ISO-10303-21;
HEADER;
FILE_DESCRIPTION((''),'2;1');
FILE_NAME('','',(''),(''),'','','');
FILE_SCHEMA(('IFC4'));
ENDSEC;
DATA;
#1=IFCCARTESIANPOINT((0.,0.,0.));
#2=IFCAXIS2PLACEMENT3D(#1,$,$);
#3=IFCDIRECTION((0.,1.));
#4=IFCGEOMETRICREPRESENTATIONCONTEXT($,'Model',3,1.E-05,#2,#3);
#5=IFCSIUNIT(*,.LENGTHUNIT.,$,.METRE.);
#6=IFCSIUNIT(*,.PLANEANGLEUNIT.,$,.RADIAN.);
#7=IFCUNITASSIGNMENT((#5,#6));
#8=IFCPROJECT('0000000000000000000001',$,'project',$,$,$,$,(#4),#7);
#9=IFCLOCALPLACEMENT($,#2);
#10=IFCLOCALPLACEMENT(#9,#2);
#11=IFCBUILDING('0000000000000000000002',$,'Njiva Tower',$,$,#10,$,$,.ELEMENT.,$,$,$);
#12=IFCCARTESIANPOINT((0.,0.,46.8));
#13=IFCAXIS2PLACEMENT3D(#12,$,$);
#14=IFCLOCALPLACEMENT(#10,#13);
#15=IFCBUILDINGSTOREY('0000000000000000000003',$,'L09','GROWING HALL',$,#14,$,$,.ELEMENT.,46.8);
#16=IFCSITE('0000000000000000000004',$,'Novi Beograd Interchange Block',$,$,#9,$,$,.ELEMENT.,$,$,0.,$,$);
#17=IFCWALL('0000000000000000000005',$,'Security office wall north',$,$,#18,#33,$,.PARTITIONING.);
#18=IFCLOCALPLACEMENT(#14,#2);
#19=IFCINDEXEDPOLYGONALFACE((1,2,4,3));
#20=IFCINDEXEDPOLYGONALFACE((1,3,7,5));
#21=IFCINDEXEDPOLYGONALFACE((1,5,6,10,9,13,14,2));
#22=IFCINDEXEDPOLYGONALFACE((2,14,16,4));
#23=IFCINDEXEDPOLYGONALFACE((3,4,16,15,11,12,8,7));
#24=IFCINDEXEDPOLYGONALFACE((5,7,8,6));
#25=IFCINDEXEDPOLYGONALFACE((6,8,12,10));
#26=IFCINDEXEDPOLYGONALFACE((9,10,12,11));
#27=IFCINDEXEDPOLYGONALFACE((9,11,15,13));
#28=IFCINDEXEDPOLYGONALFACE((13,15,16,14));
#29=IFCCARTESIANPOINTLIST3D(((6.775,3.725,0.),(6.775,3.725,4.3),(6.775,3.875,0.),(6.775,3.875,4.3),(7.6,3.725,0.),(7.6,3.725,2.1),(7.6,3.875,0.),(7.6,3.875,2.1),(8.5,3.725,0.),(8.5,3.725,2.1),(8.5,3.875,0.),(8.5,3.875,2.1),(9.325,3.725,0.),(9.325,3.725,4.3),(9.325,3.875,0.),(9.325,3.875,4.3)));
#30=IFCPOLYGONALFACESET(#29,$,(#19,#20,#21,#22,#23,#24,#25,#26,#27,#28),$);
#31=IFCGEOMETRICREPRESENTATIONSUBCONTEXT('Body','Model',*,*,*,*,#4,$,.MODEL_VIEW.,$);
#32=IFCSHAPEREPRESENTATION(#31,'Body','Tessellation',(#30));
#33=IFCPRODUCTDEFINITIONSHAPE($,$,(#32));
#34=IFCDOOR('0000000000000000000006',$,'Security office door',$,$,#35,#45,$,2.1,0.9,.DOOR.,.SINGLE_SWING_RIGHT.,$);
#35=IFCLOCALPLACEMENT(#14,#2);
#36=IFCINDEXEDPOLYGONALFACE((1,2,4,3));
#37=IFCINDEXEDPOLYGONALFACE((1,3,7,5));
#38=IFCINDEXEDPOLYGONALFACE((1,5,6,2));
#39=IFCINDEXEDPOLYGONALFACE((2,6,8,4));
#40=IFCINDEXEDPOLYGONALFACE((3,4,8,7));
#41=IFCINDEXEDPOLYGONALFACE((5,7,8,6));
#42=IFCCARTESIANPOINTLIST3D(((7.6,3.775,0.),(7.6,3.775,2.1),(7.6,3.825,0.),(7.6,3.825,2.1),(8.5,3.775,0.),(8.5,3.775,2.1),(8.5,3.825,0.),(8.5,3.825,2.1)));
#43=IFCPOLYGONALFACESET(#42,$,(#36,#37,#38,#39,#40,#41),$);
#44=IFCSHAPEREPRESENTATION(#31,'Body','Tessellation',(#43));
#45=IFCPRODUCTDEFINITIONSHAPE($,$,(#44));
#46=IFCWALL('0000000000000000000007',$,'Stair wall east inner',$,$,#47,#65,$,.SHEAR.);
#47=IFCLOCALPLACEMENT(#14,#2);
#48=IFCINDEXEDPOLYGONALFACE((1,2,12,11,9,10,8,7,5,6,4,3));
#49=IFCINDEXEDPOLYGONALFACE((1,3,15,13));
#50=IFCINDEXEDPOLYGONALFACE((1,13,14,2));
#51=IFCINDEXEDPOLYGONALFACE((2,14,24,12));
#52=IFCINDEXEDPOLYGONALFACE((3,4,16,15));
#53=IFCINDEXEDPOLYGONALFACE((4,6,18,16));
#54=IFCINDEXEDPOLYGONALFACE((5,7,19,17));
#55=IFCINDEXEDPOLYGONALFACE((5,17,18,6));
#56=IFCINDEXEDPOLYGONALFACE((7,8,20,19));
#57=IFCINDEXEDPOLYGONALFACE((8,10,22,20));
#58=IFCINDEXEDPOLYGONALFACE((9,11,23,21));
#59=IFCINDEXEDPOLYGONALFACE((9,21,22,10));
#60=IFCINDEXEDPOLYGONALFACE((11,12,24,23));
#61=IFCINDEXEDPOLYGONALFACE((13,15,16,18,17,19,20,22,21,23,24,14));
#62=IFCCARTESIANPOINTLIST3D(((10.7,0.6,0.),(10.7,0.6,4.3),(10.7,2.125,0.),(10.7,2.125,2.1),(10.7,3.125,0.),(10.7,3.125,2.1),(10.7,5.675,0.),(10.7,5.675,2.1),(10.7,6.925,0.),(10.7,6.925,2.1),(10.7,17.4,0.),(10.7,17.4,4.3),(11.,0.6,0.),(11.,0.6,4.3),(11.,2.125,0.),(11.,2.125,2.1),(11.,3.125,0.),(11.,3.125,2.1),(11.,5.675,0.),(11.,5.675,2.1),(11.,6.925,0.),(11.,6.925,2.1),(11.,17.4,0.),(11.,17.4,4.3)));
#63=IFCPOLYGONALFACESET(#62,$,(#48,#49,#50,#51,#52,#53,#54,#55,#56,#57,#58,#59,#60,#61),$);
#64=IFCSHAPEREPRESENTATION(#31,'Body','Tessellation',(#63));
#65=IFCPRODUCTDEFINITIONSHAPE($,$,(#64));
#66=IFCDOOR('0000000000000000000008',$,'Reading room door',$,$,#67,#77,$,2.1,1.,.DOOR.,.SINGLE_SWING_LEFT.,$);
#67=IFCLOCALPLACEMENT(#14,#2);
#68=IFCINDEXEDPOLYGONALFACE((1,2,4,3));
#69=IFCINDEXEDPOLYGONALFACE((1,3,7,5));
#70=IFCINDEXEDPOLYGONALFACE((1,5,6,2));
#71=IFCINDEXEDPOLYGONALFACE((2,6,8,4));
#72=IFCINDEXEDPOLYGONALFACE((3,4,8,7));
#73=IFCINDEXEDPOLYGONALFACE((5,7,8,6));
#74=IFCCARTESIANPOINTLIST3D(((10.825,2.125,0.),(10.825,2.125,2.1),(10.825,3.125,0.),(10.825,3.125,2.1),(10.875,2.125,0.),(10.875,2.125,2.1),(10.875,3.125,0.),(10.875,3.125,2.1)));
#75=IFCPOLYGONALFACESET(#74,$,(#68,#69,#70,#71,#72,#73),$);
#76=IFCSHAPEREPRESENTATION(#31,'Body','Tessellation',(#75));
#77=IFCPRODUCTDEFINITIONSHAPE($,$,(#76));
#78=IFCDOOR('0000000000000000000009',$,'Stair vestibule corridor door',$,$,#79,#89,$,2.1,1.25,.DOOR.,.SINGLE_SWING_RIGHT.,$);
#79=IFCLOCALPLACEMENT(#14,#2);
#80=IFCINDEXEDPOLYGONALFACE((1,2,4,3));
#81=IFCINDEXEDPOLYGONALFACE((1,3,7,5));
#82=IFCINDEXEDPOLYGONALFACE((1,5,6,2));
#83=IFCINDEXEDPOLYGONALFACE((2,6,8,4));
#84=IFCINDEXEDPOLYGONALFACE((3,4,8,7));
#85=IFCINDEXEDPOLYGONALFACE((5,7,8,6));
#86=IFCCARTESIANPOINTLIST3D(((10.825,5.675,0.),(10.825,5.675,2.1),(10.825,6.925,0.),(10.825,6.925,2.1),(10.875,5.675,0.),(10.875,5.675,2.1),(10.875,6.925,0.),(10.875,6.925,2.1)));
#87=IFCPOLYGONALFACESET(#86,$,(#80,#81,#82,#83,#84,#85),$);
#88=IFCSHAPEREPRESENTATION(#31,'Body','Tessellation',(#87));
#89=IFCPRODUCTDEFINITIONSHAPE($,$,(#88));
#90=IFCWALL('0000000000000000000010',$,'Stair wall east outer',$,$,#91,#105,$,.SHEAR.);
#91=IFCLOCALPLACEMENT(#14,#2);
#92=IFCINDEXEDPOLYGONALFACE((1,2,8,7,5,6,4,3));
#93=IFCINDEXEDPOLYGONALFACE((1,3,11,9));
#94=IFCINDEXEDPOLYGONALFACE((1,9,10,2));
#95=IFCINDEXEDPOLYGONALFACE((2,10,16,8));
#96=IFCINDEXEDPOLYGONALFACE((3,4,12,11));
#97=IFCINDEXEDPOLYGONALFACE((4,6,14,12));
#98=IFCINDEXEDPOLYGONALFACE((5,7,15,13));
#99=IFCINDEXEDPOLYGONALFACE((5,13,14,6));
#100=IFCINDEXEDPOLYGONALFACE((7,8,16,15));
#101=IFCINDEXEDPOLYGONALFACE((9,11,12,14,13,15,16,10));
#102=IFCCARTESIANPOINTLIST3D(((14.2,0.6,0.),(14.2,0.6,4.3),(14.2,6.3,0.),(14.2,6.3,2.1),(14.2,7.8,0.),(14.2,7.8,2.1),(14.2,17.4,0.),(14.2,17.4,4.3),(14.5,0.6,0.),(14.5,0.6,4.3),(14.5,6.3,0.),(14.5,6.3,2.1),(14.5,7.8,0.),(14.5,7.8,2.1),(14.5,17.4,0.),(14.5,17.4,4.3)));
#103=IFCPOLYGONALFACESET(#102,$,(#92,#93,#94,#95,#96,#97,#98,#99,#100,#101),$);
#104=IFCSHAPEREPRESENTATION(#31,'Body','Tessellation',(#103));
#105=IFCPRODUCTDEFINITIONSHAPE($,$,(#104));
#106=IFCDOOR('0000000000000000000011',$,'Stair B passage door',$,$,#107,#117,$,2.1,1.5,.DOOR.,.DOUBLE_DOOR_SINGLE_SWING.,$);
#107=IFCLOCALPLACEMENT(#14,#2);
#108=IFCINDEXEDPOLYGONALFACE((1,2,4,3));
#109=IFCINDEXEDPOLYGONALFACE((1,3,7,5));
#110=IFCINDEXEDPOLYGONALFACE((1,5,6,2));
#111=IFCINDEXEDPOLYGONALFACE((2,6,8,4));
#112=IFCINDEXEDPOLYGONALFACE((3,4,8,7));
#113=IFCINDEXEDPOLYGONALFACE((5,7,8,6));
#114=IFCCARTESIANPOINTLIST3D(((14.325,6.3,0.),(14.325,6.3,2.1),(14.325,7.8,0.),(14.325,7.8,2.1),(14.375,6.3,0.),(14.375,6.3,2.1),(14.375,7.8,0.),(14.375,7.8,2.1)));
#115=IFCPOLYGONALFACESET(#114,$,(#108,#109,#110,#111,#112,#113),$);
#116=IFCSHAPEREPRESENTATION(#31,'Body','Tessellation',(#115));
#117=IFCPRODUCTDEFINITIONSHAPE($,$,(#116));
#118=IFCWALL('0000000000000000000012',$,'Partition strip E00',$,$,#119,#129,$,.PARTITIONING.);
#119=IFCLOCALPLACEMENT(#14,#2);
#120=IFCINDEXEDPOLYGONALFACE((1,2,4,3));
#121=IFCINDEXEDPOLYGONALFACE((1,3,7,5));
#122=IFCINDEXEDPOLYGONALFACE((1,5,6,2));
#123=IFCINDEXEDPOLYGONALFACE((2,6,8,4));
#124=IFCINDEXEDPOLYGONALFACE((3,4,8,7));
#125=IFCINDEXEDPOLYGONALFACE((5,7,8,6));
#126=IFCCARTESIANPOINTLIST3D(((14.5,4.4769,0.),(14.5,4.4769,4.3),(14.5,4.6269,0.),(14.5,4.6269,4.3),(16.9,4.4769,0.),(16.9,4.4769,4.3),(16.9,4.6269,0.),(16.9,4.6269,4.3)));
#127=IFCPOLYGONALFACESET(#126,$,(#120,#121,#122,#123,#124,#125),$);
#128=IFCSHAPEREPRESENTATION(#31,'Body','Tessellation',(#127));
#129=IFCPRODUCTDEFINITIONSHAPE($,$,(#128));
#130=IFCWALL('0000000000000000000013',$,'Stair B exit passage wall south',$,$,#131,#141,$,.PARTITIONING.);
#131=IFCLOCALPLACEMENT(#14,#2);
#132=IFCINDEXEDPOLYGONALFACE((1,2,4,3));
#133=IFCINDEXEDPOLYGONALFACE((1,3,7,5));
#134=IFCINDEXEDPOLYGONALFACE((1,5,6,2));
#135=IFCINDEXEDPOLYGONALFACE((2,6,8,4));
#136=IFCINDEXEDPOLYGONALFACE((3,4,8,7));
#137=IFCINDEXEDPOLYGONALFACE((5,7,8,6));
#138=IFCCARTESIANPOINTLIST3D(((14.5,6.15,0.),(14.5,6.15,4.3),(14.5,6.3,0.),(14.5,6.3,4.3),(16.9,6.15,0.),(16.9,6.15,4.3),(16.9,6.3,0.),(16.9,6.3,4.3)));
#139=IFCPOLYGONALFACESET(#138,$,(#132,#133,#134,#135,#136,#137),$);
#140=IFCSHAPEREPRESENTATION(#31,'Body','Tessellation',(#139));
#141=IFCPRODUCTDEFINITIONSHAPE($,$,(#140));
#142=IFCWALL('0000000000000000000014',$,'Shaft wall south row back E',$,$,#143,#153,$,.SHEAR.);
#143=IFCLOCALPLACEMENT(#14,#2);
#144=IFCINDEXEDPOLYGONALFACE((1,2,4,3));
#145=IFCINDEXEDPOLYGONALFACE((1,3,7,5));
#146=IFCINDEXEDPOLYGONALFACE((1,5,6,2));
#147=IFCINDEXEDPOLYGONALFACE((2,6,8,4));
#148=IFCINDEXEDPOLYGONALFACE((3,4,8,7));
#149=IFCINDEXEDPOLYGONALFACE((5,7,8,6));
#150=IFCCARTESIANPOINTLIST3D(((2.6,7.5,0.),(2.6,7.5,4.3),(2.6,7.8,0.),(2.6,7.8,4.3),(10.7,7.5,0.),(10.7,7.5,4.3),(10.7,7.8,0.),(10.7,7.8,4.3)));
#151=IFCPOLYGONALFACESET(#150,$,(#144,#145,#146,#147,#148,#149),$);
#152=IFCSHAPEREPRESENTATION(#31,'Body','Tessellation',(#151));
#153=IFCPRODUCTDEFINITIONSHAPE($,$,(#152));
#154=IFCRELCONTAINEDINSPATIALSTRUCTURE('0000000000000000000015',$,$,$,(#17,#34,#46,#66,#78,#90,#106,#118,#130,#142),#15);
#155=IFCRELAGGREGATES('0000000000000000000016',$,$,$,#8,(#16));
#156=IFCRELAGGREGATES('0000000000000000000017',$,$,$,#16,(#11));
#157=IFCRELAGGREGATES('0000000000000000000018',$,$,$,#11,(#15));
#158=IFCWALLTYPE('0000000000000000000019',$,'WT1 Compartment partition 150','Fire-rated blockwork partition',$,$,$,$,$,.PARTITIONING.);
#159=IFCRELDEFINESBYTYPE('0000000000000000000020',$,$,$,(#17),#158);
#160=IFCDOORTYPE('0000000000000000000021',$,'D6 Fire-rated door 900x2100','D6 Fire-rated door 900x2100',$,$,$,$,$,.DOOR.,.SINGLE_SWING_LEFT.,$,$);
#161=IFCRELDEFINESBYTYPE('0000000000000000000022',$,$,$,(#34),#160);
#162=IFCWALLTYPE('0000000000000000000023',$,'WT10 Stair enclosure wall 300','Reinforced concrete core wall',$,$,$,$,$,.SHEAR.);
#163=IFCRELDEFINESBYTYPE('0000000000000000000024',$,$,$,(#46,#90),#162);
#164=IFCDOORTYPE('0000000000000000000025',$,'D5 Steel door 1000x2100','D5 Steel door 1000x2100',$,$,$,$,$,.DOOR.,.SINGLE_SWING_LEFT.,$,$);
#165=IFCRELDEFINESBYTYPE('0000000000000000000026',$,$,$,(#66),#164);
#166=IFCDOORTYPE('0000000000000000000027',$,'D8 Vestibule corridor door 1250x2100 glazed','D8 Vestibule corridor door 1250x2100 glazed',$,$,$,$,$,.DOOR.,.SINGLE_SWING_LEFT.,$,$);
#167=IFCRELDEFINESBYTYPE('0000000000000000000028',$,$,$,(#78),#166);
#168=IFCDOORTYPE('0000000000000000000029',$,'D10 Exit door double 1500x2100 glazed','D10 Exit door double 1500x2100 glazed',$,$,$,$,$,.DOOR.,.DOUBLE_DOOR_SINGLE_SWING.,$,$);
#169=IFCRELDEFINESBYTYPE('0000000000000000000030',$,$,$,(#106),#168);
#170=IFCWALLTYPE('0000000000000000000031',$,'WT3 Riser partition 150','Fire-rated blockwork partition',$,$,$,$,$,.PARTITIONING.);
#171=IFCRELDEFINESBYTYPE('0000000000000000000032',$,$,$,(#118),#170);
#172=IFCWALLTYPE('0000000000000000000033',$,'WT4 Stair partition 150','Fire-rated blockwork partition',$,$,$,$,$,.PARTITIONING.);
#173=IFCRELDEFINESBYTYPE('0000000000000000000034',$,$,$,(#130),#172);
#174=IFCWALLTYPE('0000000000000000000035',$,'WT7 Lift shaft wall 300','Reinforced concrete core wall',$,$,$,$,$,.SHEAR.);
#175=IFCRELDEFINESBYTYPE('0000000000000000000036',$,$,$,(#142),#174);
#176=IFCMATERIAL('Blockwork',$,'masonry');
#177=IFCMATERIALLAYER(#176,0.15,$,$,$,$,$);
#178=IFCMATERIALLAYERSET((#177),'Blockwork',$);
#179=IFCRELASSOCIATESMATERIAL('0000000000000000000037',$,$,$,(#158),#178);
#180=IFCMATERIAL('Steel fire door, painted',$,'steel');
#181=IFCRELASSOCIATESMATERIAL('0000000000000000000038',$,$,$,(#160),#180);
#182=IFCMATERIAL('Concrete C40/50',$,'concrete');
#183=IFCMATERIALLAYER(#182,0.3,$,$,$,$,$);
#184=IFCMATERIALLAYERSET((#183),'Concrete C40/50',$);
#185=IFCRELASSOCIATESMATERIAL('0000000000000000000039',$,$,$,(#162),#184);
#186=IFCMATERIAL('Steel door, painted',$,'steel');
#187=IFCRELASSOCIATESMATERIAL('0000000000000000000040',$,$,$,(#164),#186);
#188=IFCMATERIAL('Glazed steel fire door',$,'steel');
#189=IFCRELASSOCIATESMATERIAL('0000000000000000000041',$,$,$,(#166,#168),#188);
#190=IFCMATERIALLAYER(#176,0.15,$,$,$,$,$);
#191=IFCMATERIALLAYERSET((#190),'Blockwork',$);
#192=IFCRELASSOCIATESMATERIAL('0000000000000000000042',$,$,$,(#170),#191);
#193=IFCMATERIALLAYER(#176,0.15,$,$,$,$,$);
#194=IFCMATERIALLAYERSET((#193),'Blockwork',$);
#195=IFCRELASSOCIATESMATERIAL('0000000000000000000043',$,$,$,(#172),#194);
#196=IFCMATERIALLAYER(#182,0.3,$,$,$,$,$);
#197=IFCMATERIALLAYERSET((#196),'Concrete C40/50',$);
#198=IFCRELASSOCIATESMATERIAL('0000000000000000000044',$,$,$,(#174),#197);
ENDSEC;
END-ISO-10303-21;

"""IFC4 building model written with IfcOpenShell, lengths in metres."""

from ifc_helpers import new_model, si_unit, direction, frame, frame_2d, origin, place, context, subcontext, project, spatial, rectangle, extrude, material, layer, layer_set, type_object, element, fill, save


model = new_model("IFC4")

# Units and contexts
model_context = context("Model", 3, precision=1e-05, world=origin(), true_north=direction((0.0, 1.0)))
body_context = subcontext(model_context, "Body", "Model", "MODEL_VIEW")
ifc_project = project(units=[si_unit("LENGTHUNIT", "METRE"), si_unit("PLANEANGLEUNIT", "RADIAN")], contexts=[model_context])

# Site, building, storey
site_placement = place(None, origin())
site = spatial("IfcSite", under=ifc_project, at=site_placement, Name="Novi Beograd Interchange Block", CompositionType="ELEMENT", RefElevation=0.0)
building_placement = place(site_placement, origin())
building = spatial("IfcBuilding", under=site, at=building_placement, Name="Njiva Tower", CompositionType="ELEMENT")
storey_placement = place(building_placement, frame((0.0, 0.0, 46.8)))
storey = spatial("IfcBuildingStorey", under=building, at=storey_placement, Name="L09", Description="GROWING HALL", CompositionType="ELEMENT", Elevation=46.8)

# Shared definitions
ifc_material_1 = material(Name="Concrete C40/50", Category="concrete")

# Shared definitions
ifc_material_2 = material(Name="Blockwork", Category="masonry")
ifc_layer_1 = layer(ifc_material_2, 0.15)
ifc_layer_set_1 = layer_set([ifc_layer_1], Name="Blockwork")
wall_type_1 = type_object("IfcWallType", Name="WT1 Compartment partition 150", Description="Fire-rated blockwork partition", PredefinedType="PARTITIONING", material=ifc_layer_set_1)

# Shared definitions
ifc_material_3 = material(Name="Steel fire door, painted", Category="steel")
door_type_1 = type_object("IfcDoorType", Name="D6 Fire-rated door 900x2100", Description="D6 Fire-rated door 900x2100", OperationType="SINGLE_SWING_LEFT", PredefinedType="DOOR", material=ifc_material_3)

# Wall, opening, door
wall_1_placement = place(storey_placement, frame((6.775, 3.8, 0.0), z_axis=(0.0, 0.0, 1.0), x_axis=(1.0, 0.0, 0.0)))
wall_1 = element("IfcWall", 1, at=wall_1_placement, inside=storey, type_object=wall_type_1, Name="Security office wall north", PredefinedType="PARTITIONING", context=body_context, shape_type="SweptSolid", body=[
    extrude(rectangle(XDim=2.55, YDim=0.15, at=frame_2d((1.275, 0.0))), origin(), (0.0, 0.0, 1.0), 4.3),
])
opening_1_placement = place(wall_1_placement, frame((0.825, 0.0, 0.0)))
opening_1 = element("IfcOpeningElement", 2, at=opening_1_placement, cuts=wall_1, PredefinedType="OPENING", context=body_context, shape_type="SweptSolid", body=[
    extrude(rectangle(XDim=0.9, YDim=2.1, at=frame_2d((0.45, 1.05))), frame((0.0, 0.085, 0.0), z_axis=(0.0, -1.0, 0.0), x_axis=(1.0, 0.0, 0.0)), (0.0, 0.0, 1.0), 0.17),
])
door_1_placement = place(opening_1_placement, origin())
door_1 = element("IfcDoor", 3, at=door_1_placement, inside=storey, type_object=door_type_1, Name="Security office door", OperationType="SINGLE_SWING_RIGHT", OverallHeight=2.1, OverallWidth=0.9, PredefinedType="DOOR", context=body_context, shape_type="SweptSolid", body=[
    extrude(rectangle(XDim=0.9, YDim=2.1, at=frame_2d((0.45, 1.05))), frame((0.0, 0.025, 0.0), z_axis=(0.0, -1.0, 0.0), x_axis=(1.0, 0.0, 0.0)), (0.0, 0.0, 1.0), 0.05),
])
fill(opening_1, door_1)

# Wall, openings, doors
ifc_layer_2 = layer(ifc_material_1, 0.3)
ifc_layer_set_2 = layer_set([ifc_layer_2], Name="Concrete C40/50")
wall_type_2 = type_object("IfcWallType", Name="WT10 Stair enclosure wall 300", Description="Reinforced concrete core wall", PredefinedType="SHEAR", material=ifc_layer_set_2)
wall_2_placement = place(storey_placement, frame((10.85, 0.6, 0.0), z_axis=(0.0, 0.0, 1.0), x_axis=(0.0, 1.0, 0.0)))
wall_2 = element("IfcWall", 4, at=wall_2_placement, inside=storey, type_object=wall_type_2, Name="Stair wall east inner", PredefinedType="SHEAR", context=body_context, shape_type="SweptSolid", body=[
    extrude(rectangle(XDim=16.8, YDim=0.3, at=frame_2d((8.4, 0.0))), origin(), (0.0, 0.0, 1.0), 4.3),
])
opening_2_placement = place(wall_2_placement, frame((5.075, 0.0, 0.0)))
opening_2 = element("IfcOpeningElement", 5, at=opening_2_placement, cuts=wall_2, PredefinedType="OPENING", context=body_context, shape_type="SweptSolid", body=[
    extrude(rectangle(XDim=1.25, YDim=2.1, at=frame_2d((0.625, 1.05))), frame((0.0, 0.16, 0.0), z_axis=(0.0, -1.0, 0.0), x_axis=(1.0, 0.0, 0.0)), (0.0, 0.0, 1.0), 0.32),
])
opening_3_placement = place(wall_2_placement, frame((1.525, 0.0, 0.0)))
opening_3 = element("IfcOpeningElement", 6, at=opening_3_placement, cuts=wall_2, PredefinedType="OPENING", context=body_context, shape_type="SweptSolid", body=[
    extrude(rectangle(XDim=1.0, YDim=2.1, at=frame_2d((0.5, 1.05))), frame((0.0, 0.16, 0.0), z_axis=(0.0, -1.0, 0.0), x_axis=(1.0, 0.0, 0.0)), (0.0, 0.0, 1.0), 0.32),
])
ifc_material_4 = material(Name="Steel door, painted", Category="steel")
door_type_2 = type_object("IfcDoorType", Name="D5 Steel door 1000x2100", Description="D5 Steel door 1000x2100", OperationType="SINGLE_SWING_LEFT", PredefinedType="DOOR", material=ifc_material_4)
door_2_placement = place(opening_3_placement, origin())
door_2 = element("IfcDoor", 7, at=door_2_placement, inside=storey, type_object=door_type_2, Name="Reading room door", OperationType="SINGLE_SWING_LEFT", OverallHeight=2.1, OverallWidth=1.0, PredefinedType="DOOR", context=body_context, shape_type="SweptSolid", body=[
    extrude(rectangle(XDim=1.0, YDim=2.1, at=frame_2d((0.5, 1.05))), frame((0.0, 0.025, 0.0), z_axis=(0.0, -1.0, 0.0), x_axis=(1.0, 0.0, 0.0)), (0.0, 0.0, 1.0), 0.05),
])
fill(opening_3, door_2)
ifc_material_5 = material(Name="Glazed steel fire door", Category="steel")
door_type_3 = type_object("IfcDoorType", Name="D8 Vestibule corridor door 1250x2100 glazed", Description="D8 Vestibule corridor door 1250x2100 glazed", OperationType="SINGLE_SWING_LEFT", PredefinedType="DOOR", material=ifc_material_5)
door_3_placement = place(opening_2_placement, origin())
door_3 = element("IfcDoor", 8, at=door_3_placement, inside=storey, type_object=door_type_3, Name="Stair vestibule corridor door", OperationType="SINGLE_SWING_RIGHT", OverallHeight=2.1, OverallWidth=1.25, PredefinedType="DOOR", context=body_context, shape_type="SweptSolid", body=[
    extrude(rectangle(XDim=1.25, YDim=2.1, at=frame_2d((0.625, 1.05))), frame((0.0, 0.025, 0.0), z_axis=(0.0, -1.0, 0.0), x_axis=(1.0, 0.0, 0.0)), (0.0, 0.0, 1.0), 0.05),
])
fill(opening_2, door_3)

# Wall, opening, door
wall_3_placement = place(storey_placement, frame((14.35, 0.6, 0.0), z_axis=(0.0, 0.0, 1.0), x_axis=(0.0, 1.0, 0.0)))
wall_3 = element("IfcWall", 9, at=wall_3_placement, inside=storey, type_object=wall_type_2, Name="Stair wall east outer", PredefinedType="SHEAR", context=body_context, shape_type="SweptSolid", body=[
    extrude(rectangle(XDim=16.8, YDim=0.3, at=frame_2d((8.4, 0.0))), origin(), (0.0, 0.0, 1.0), 4.3),
])
opening_4_placement = place(wall_3_placement, frame((5.7, 0.0, 0.0)))
opening_4 = element("IfcOpeningElement", 10, at=opening_4_placement, cuts=wall_3, PredefinedType="OPENING", context=body_context, shape_type="SweptSolid", body=[
    extrude(rectangle(XDim=1.5, YDim=2.1, at=frame_2d((0.75, 1.05))), frame((0.0, 0.16, 0.0), z_axis=(0.0, -1.0, 0.0), x_axis=(1.0, 0.0, 0.0)), (0.0, 0.0, 1.0), 0.32),
])
door_type_4 = type_object("IfcDoorType", Name="D10 Exit door double 1500x2100 glazed", Description="D10 Exit door double 1500x2100 glazed", OperationType="DOUBLE_DOOR_SINGLE_SWING", PredefinedType="DOOR", material=ifc_material_5)
door_4_placement = place(opening_4_placement, origin())
door_4 = element("IfcDoor", 11, at=door_4_placement, inside=storey, type_object=door_type_4, Name="Stair B passage door", OperationType="DOUBLE_DOOR_SINGLE_SWING", OverallHeight=2.1, OverallWidth=1.5, PredefinedType="DOOR", context=body_context, shape_type="SweptSolid", body=[
    extrude(rectangle(XDim=1.5, YDim=2.1, at=frame_2d((0.75, 1.05))), frame((0.0, 0.025, 0.0), z_axis=(0.0, -1.0, 0.0), x_axis=(1.0, 0.0, 0.0)), (0.0, 0.0, 1.0), 0.05),
])
fill(opening_4, door_4)

# Walls
ifc_layer_3 = layer(ifc_material_2, 0.15)
ifc_layer_set_3 = layer_set([ifc_layer_3], Name="Blockwork")
wall_type_3 = type_object("IfcWallType", Name="WT3 Riser partition 150", Description="Fire-rated blockwork partition", PredefinedType="PARTITIONING", material=ifc_layer_set_3)
wall_4_placement = place(storey_placement, frame((14.5, 4.5519, 0.0), z_axis=(0.0, 0.0, 1.0), x_axis=(1.0, 0.0, 0.0)))
element("IfcWall", 12, at=wall_4_placement, inside=storey, type_object=wall_type_3, Name="Partition strip E00", PredefinedType="PARTITIONING", context=body_context, shape_type="SweptSolid", body=[
    extrude(rectangle(XDim=2.4, YDim=0.15, at=frame_2d((1.2, 0.0))), origin(), (0.0, 0.0, 1.0), 4.3),
])
ifc_layer_4 = layer(ifc_material_2, 0.15)
ifc_layer_set_4 = layer_set([ifc_layer_4], Name="Blockwork")
wall_type_4 = type_object("IfcWallType", Name="WT4 Stair partition 150", Description="Fire-rated blockwork partition", PredefinedType="PARTITIONING", material=ifc_layer_set_4)
wall_5_placement = place(storey_placement, frame((14.5, 6.225, 0.0), z_axis=(0.0, 0.0, 1.0), x_axis=(1.0, 0.0, 0.0)))
element("IfcWall", 13, at=wall_5_placement, inside=storey, type_object=wall_type_4, Name="Stair B exit passage wall south", PredefinedType="PARTITIONING", context=body_context, shape_type="SweptSolid", body=[
    extrude(rectangle(XDim=2.4, YDim=0.15, at=frame_2d((1.2, 0.0))), origin(), (0.0, 0.0, 1.0), 4.3),
])
ifc_layer_5 = layer(ifc_material_1, 0.3)
ifc_layer_set_5 = layer_set([ifc_layer_5], Name="Concrete C40/50")
wall_type_5 = type_object("IfcWallType", Name="WT7 Lift shaft wall 300", Description="Reinforced concrete core wall", PredefinedType="SHEAR", material=ifc_layer_set_5)
wall_6_placement = place(storey_placement, frame((2.6, 7.65, 0.0), z_axis=(0.0, 0.0, 1.0), x_axis=(1.0, 0.0, 0.0)))
element("IfcWall", 14, at=wall_6_placement, inside=storey, type_object=wall_type_5, Name="Shaft wall south row back E", PredefinedType="SHEAR", context=body_context, shape_type="SweptSolid", body=[
    extrude(rectangle(XDim=8.1, YDim=0.3, at=frame_2d((4.05, 0.0))), origin(), (0.0, 0.0, 1.0), 4.3),
])

save(model, "model.ifc")
